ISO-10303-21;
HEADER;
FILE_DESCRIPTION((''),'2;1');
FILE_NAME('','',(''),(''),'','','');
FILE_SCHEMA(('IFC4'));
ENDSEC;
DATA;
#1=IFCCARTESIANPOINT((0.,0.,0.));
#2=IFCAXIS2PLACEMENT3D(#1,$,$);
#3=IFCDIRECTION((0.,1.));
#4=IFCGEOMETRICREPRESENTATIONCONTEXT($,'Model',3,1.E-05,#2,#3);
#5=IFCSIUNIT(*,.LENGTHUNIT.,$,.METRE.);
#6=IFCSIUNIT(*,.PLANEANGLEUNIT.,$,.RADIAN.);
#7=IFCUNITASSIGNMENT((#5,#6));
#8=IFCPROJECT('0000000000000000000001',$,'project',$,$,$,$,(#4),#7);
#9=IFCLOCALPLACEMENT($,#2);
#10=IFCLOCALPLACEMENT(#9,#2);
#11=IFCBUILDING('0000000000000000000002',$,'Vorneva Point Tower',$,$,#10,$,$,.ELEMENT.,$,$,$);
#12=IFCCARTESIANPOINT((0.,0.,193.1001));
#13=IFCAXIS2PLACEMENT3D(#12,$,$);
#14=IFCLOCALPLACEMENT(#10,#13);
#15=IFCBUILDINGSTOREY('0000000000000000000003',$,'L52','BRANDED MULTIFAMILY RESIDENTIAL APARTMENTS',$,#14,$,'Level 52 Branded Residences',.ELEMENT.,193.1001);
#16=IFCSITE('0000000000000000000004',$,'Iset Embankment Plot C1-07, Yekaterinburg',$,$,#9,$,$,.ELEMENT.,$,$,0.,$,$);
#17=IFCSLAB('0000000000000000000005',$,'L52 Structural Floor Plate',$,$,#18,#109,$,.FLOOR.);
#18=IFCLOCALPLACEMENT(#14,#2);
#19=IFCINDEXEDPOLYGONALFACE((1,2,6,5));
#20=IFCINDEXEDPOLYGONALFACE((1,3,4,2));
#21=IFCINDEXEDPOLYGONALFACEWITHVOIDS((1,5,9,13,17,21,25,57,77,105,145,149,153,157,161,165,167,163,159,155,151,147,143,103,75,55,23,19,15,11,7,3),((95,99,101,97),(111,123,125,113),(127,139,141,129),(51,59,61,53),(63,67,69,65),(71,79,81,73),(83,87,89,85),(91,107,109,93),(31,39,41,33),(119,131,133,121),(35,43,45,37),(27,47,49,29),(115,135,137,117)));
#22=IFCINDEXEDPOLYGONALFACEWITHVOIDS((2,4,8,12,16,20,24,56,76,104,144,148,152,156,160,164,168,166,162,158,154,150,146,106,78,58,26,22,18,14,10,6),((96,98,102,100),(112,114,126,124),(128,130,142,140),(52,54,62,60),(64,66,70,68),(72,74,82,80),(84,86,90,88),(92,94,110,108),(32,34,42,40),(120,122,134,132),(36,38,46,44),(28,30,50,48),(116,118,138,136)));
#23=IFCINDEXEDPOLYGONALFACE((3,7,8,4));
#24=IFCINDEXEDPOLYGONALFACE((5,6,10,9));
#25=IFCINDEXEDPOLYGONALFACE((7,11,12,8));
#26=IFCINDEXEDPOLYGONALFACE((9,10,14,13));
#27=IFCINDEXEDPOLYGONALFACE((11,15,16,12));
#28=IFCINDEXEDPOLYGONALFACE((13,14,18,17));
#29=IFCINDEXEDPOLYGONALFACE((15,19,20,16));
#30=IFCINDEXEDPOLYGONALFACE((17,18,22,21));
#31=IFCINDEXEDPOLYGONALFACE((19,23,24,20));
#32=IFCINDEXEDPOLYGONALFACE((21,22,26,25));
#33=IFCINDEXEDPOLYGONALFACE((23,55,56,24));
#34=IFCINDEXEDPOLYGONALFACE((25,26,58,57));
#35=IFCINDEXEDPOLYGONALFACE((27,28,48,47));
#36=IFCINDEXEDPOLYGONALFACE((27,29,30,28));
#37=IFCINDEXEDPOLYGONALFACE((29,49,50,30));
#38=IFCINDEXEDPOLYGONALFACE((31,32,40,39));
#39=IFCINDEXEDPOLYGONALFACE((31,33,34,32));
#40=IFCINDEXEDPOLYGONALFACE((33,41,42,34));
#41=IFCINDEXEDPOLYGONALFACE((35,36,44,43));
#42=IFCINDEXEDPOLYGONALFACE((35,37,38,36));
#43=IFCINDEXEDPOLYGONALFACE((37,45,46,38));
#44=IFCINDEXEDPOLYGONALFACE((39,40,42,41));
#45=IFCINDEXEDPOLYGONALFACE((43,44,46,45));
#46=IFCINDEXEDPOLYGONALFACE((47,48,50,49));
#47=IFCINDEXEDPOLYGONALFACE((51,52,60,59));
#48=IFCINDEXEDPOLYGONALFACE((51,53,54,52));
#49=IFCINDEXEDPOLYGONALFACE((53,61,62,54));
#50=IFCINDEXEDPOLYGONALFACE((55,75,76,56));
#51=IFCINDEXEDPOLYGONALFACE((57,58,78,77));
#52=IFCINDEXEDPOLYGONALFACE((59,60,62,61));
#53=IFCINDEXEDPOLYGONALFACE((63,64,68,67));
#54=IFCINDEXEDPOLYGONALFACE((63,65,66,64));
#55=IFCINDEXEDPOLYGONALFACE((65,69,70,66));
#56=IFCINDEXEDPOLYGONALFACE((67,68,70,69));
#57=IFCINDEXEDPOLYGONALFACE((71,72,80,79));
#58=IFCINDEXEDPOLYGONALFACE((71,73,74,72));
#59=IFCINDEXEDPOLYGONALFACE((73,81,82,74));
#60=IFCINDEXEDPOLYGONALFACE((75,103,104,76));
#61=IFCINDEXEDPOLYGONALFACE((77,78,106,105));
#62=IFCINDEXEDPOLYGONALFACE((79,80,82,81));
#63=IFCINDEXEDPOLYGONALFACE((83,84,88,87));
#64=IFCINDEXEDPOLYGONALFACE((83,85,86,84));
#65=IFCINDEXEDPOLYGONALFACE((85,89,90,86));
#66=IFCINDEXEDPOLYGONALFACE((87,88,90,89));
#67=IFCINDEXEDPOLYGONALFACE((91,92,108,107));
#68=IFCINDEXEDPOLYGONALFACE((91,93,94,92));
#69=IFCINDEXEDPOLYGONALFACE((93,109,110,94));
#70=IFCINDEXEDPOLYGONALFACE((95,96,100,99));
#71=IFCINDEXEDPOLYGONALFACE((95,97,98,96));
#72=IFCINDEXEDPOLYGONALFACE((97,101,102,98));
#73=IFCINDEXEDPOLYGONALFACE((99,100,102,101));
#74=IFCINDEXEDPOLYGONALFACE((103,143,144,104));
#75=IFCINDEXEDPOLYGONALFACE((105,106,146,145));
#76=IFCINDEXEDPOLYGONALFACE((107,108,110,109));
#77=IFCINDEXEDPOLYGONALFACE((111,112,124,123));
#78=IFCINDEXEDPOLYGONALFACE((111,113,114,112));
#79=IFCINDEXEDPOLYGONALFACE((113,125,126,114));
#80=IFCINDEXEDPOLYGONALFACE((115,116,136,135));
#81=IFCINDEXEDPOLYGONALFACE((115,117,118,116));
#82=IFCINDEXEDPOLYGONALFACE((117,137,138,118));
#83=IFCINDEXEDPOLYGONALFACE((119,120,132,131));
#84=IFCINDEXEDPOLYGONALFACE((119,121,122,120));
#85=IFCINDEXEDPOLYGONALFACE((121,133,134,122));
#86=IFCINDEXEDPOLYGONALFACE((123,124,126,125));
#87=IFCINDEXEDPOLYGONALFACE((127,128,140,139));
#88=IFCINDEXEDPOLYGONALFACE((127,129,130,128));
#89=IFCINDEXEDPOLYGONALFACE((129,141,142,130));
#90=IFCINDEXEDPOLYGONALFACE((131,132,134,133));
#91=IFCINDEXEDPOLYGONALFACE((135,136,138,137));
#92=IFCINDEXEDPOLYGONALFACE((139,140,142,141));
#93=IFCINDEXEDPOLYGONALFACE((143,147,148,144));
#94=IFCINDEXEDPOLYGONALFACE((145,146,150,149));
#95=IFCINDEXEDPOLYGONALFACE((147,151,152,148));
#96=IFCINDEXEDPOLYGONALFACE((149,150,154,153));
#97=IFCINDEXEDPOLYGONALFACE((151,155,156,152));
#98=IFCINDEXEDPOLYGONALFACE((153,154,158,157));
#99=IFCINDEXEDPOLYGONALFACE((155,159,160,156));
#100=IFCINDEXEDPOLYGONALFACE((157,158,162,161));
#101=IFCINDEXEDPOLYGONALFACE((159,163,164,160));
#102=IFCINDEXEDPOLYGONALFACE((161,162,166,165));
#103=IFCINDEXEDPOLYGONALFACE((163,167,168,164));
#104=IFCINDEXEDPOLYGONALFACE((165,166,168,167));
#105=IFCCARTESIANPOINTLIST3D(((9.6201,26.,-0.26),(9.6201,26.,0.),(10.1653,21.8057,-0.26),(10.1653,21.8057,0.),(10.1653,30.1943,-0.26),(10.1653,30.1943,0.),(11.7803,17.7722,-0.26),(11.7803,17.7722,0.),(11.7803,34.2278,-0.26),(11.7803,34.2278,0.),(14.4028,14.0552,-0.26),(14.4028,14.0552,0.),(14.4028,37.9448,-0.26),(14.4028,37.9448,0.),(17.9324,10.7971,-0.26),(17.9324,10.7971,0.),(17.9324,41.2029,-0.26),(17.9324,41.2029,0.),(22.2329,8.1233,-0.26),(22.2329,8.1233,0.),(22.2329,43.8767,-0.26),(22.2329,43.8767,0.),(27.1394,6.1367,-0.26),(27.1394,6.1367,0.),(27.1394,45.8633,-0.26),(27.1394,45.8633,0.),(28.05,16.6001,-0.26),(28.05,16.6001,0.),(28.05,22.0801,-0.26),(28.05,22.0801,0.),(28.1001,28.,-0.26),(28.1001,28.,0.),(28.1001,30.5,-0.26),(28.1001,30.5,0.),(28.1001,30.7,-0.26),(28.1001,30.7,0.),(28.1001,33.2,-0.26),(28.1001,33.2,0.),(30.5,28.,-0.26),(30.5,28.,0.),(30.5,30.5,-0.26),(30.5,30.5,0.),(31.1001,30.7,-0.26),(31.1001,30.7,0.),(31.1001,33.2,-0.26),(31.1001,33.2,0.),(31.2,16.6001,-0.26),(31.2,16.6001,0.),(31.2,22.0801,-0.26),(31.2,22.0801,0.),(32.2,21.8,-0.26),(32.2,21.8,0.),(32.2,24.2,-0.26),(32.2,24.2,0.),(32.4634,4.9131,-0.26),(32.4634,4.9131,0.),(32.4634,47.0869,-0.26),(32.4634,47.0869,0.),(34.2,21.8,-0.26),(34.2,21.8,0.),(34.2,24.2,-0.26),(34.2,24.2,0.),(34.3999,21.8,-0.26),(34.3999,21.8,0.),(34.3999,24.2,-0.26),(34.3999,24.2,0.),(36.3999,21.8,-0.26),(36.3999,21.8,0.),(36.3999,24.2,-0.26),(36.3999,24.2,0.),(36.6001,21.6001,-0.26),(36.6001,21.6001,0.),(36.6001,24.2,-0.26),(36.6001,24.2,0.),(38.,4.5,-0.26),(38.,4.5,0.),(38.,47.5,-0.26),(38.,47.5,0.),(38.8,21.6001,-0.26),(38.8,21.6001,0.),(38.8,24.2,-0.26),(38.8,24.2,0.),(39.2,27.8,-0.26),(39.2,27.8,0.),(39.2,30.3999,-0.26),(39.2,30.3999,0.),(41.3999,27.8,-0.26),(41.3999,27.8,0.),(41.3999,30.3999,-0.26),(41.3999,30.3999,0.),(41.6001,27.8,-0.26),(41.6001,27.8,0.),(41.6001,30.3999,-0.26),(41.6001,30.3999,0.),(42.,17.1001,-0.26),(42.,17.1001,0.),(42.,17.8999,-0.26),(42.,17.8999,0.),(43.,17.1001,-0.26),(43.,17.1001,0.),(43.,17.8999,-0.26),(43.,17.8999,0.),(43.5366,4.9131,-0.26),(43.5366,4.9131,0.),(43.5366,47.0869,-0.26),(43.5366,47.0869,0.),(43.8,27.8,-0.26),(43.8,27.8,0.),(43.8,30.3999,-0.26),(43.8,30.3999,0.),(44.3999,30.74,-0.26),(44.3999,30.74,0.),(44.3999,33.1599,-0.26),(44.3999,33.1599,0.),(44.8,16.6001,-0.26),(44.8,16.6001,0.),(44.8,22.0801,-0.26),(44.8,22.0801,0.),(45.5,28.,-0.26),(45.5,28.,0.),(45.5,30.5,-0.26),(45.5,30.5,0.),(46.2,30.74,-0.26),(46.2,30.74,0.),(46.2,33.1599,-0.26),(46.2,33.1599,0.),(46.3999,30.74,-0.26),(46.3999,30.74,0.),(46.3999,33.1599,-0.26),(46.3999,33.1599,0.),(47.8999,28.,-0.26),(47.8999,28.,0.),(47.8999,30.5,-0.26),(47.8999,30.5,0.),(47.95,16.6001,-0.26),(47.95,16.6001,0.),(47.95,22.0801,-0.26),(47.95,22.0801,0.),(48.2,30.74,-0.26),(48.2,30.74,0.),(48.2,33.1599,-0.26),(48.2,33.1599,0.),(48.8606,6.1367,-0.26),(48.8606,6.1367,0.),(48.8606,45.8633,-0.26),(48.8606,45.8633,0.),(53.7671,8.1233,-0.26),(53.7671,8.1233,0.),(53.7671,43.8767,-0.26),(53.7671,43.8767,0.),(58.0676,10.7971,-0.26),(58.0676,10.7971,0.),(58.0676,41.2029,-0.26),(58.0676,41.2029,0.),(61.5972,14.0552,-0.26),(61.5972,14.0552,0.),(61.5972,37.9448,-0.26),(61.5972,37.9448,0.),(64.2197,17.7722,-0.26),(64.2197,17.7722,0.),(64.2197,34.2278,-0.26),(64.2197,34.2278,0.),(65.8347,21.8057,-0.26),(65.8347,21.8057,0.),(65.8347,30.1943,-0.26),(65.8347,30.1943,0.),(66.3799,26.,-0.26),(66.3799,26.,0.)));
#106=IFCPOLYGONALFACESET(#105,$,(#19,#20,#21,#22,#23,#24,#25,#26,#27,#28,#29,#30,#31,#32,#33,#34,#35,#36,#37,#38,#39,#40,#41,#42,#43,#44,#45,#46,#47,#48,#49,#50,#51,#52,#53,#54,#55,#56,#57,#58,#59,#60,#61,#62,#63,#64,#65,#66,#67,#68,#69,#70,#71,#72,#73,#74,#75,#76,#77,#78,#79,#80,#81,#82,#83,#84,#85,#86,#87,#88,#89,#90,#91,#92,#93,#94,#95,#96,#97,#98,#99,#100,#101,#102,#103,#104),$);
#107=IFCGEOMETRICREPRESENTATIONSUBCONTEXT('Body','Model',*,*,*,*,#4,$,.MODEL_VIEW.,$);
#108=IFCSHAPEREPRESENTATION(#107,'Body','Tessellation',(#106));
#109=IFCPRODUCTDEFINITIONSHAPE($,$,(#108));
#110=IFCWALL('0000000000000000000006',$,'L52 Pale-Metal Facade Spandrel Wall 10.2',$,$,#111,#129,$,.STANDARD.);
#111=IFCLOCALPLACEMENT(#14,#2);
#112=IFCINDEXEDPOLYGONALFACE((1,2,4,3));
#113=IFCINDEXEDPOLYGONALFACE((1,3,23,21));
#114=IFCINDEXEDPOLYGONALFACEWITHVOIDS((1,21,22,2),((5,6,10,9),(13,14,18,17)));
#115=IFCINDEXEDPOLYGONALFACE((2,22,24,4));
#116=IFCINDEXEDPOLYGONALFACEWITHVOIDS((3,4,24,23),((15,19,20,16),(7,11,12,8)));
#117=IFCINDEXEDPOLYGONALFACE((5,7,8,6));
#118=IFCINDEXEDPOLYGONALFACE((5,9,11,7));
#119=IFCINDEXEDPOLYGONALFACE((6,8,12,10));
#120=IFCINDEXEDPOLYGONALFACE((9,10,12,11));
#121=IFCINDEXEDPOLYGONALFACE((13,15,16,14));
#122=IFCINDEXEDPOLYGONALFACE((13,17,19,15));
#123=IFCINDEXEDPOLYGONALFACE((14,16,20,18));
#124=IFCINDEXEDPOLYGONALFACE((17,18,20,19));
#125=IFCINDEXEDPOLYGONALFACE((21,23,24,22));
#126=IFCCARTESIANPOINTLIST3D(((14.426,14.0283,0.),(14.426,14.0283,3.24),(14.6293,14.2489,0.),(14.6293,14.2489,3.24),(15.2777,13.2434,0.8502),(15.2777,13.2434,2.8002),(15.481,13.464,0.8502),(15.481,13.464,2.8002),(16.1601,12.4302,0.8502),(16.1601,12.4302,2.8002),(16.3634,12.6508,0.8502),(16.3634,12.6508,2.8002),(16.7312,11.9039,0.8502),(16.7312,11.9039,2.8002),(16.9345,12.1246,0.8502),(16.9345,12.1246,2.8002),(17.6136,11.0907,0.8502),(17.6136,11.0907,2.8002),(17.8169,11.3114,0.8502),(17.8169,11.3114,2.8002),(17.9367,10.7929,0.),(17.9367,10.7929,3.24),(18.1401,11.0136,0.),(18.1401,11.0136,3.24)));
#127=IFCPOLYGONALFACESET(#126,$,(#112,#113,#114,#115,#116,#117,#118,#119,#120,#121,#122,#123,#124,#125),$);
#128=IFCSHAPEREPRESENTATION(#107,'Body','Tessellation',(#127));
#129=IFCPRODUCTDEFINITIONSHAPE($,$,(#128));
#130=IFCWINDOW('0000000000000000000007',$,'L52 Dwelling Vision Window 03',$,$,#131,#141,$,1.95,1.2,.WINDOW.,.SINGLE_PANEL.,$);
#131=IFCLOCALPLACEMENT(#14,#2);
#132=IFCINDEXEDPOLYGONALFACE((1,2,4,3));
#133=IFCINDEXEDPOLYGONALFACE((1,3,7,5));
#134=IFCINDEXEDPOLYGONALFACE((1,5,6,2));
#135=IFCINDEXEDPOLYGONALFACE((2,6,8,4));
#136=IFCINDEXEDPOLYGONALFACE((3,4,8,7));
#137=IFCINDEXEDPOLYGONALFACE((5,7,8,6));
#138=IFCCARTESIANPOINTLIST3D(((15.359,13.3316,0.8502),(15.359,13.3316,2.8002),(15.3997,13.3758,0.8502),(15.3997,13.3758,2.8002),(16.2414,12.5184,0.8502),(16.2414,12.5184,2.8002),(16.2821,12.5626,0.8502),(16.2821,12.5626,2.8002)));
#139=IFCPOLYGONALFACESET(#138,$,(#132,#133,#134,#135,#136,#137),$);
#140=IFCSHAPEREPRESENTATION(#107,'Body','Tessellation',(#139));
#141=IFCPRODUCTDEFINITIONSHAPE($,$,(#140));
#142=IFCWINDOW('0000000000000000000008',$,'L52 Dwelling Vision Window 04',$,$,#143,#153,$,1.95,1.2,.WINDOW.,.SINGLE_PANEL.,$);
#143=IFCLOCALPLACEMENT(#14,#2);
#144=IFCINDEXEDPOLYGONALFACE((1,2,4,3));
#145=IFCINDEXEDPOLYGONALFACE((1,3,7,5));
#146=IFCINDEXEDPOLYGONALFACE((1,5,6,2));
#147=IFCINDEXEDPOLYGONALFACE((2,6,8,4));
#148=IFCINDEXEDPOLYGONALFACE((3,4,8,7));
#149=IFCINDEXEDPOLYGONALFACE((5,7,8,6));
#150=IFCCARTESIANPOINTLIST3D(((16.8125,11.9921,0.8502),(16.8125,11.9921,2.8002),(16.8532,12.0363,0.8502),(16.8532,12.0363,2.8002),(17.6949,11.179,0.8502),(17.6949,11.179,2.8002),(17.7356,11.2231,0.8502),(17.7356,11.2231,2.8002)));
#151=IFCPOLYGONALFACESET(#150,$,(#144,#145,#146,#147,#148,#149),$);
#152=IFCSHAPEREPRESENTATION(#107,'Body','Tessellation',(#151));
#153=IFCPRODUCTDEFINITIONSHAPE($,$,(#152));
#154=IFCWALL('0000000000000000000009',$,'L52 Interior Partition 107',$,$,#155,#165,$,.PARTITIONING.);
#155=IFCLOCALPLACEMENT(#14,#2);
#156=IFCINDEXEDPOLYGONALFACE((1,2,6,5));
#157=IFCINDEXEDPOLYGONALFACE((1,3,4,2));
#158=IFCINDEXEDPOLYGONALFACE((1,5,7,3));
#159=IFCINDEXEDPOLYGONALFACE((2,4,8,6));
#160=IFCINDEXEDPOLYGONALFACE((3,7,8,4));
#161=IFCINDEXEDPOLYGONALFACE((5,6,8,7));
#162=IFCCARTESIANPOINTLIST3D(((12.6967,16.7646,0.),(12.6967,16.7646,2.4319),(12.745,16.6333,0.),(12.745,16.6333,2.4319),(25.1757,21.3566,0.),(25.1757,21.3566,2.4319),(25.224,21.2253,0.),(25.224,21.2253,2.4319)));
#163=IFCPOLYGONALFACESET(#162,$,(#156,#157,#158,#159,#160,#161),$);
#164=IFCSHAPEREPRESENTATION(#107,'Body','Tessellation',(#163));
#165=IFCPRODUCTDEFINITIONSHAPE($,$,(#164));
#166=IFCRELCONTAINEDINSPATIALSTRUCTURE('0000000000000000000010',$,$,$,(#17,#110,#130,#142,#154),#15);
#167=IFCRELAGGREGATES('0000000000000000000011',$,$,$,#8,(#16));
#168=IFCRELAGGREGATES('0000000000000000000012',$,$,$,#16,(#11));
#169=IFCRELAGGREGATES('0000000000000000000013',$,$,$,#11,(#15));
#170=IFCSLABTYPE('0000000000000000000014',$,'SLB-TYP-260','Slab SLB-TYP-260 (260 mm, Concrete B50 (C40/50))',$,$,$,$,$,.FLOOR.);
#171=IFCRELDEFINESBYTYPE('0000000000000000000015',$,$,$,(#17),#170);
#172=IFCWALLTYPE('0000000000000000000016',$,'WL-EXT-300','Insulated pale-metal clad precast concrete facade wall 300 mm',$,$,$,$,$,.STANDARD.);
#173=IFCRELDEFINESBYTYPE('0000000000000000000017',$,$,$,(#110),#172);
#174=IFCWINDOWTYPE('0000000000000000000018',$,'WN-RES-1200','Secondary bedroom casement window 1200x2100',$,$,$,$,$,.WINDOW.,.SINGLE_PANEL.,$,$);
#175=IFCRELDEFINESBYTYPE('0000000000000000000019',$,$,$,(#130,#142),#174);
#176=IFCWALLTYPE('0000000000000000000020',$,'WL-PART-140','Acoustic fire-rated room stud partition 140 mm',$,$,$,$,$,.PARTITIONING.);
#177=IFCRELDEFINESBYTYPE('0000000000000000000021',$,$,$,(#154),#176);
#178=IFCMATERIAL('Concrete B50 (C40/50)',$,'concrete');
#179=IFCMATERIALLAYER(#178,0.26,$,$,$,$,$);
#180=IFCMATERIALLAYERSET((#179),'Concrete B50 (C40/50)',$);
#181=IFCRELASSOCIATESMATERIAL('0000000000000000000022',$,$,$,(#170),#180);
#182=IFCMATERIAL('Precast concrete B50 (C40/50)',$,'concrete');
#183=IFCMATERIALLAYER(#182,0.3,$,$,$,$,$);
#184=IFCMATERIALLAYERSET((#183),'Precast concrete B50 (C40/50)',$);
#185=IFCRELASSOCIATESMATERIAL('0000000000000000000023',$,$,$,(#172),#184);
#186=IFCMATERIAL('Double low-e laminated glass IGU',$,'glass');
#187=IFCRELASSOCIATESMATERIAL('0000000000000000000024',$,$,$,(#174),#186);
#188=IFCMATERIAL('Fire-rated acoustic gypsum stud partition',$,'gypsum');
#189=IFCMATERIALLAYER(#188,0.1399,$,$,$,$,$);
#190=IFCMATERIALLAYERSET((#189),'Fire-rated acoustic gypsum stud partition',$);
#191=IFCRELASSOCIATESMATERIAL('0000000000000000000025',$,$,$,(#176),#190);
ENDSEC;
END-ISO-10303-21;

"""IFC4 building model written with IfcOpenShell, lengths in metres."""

from ifc_helpers import new_model, si_unit, direction, frame, frame_2d, origin, place, context, subcontext, project, spatial, polyline, rectangle, outline, extrude, material, layer, layer_set, type_object, element, fill, save


model = new_model("IFC4")

# Units and contexts
model_context = context("Model", 3, precision=1e-05, world=origin(), true_north=direction((0.0, 1.0)))
body_context = subcontext(model_context, "Body", "Model", "MODEL_VIEW")
ifc_project = project(units=[si_unit("LENGTHUNIT", "METRE"), si_unit("PLANEANGLEUNIT", "RADIAN")], contexts=[model_context])

# Site, building, storey
site_placement = place(None, origin())
site = spatial("IfcSite", under=ifc_project, at=site_placement, Name="Iset Embankment Plot C1-07, Yekaterinburg", CompositionType="ELEMENT", RefElevation=0.0)
building_placement = place(site_placement, origin())
building = spatial("IfcBuilding", under=site, at=building_placement, Name="Vorneva Point Tower", CompositionType="ELEMENT")
storey_placement = place(building_placement, frame((0.0, 0.0, 193.1001)))
storey = spatial("IfcBuildingStorey", under=building, at=storey_placement, Name="L52", Description="BRANDED MULTIFAMILY RESIDENTIAL APARTMENTS", LongName="Level 52 Branded Residences", CompositionType="ELEMENT", Elevation=193.1001)

# Shared definitions
ifc_material_1 = material(Name="Concrete B50 (C40/50)", Category="concrete")

# Shared definitions
ifc_material_2 = material(Name="Double low-e laminated glass IGU", Category="glass")

# Slab
ifc_layer_1 = layer(ifc_material_1, 0.26)
ifc_layer_set_1 = layer_set([ifc_layer_1], Name="Concrete B50 (C40/50)")
slab_type_1 = type_object("IfcSlabType", Name="SLB-TYP-260", Description="Slab SLB-TYP-260 (260 mm, Concrete B50 (C40/50))", PredefinedType="FLOOR", material=ifc_layer_set_1)
slab_1_placement = place(storey_placement, frame((0.0, 0.0, -0.26)))
element("IfcSlab", 1, at=slab_1_placement, inside=storey, type_object=slab_type_1, Name="L52 Structural Floor Plate", PredefinedType="FLOOR", context=body_context, shape_type="SweptSolid", body=[
    extrude(outline(polyline([(66.3799, 26.0), (65.8347, 30.1943), (64.2197, 34.2278), (61.5972, 37.9448), (58.0676, 41.2029), (53.7671, 43.8767), (48.8606, 45.8633), (43.5366, 47.0869), (38.0, 47.5), (32.4634, 47.0869), (27.1394, 45.8633), (22.2329, 43.8767), (17.9324, 41.2029), (14.4028, 37.9448), (11.7803, 34.2278), (10.1653, 30.1943), (9.6201, 26.0), (10.1653, 21.8057), (11.7803, 17.7722), (14.4028, 14.0552), (17.9324, 10.7971), (22.2329, 8.1233), (27.1394, 6.1367), (32.4634, 4.9131), (38.0, 4.5), (43.5366, 4.9131), (48.8606, 6.1367), (53.7671, 8.1233), (58.0676, 10.7971), (61.5972, 14.0552), (64.2197, 17.7722), (65.8347, 21.8057), (66.3799, 26.0)]), holes=[polyline([(32.2, 21.8), (34.2, 21.8), (34.2, 24.2), (32.2, 24.2), (32.2, 21.8)]), polyline([(34.3999, 21.8), (36.3999, 21.8), (36.3999, 24.2), (34.3999, 24.2), (34.3999, 21.8)]), polyline([(36.6001, 21.6001), (38.8, 21.6001), (38.8, 24.2), (36.6001, 24.2), (36.6001, 21.6001)]), polyline([(39.2, 27.8), (41.3999, 27.8), (41.3999, 30.3999), (39.2, 30.3999), (39.2, 27.8)]), polyline([(41.6001, 27.8), (43.8, 27.8), (43.8, 30.3999), (41.6001, 30.3999), (41.6001, 27.8)]), polyline([(44.3999, 30.74), (46.2, 30.74), (46.2, 33.1599), (44.3999, 33.1599), (44.3999, 30.74)]), polyline([(46.3999, 30.74), (48.2, 30.74), (48.2, 33.1599), (46.3999, 33.1599), (46.3999, 30.74)]), polyline([(28.1001, 28.0), (30.5, 28.0), (30.5, 30.5), (28.1001, 30.5), (28.1001, 28.0)]), polyline([(45.5, 28.0), (47.8999, 28.0), (47.8999, 30.5), (45.5, 30.5), (45.5, 28.0)]), polyline([(28.1001, 30.7), (31.1001, 30.7), (31.1001, 33.2), (28.1001, 33.2), (28.1001, 30.7)]), polyline([(28.05, 16.6001), (31.2, 16.6001), (31.2, 22.0801), (28.05, 22.0801), (28.05, 16.6001)]), polyline([(44.8, 16.6001), (47.95, 16.6001), (47.95, 22.0801), (44.8, 22.0801), (44.8, 16.6001)]), polyline([(42.0, 17.1001), (43.0, 17.1001), (43.0, 17.8999), (42.0, 17.8999), (42.0, 17.1001)])]), origin(), (0.0, 0.0, 1.0), 0.26),
])

# Wall, openings, windows
ifc_material_3 = material(Name="Precast concrete B50 (C40/50)", Category="concrete")
ifc_layer_2 = layer(ifc_material_3, 0.3)
ifc_layer_set_2 = layer_set([ifc_layer_2], Name="Precast concrete B50 (C40/50)")
wall_type_1 = type_object("IfcWallType", Name="WL-EXT-300", Description="Insulated pale-metal clad precast concrete facade wall 300 mm", PredefinedType="STANDARD", material=ifc_layer_set_2)
wall_1_placement = place(storey_placement, frame((14.5276, 14.1387, 0.0), z_axis=(0.0, 0.0, 1.0), x_axis=(0.73536, -0.677677, 0.0)))
wall_1 = element("IfcWall", 2, at=wall_1_placement, inside=storey, type_object=wall_type_1, Name="L52 Pale-Metal Facade Spandrel Wall 10.2", PredefinedType="STANDARD", context=body_context, shape_type="SweptSolid", body=[
    extrude(rectangle(XDim=4.7742, YDim=0.3, at=frame_2d((2.3872, 0.0))), origin(), (0.0, 0.0, 1.0), 3.24),
])
opening_1_placement = place(wall_1_placement, frame((1.1582, 0.0, 0.8501)))
opening_1 = element("IfcOpeningElement", 3, at=opening_1_placement, cuts=wall_1, PredefinedType="OPENING", context=body_context, shape_type="SweptSolid", body=[
    extrude(rectangle(XDim=1.2, YDim=1.95, at=frame_2d((0.6001, 0.9751))), frame((0.0, 0.165, 0.0), z_axis=(0.0, -1.0, 0.0), x_axis=(1.0, 0.0, 0.0)), (0.0, 0.0, 1.0), 0.3298),
])
opening_2_placement = place(wall_1_placement, frame((3.1348, 0.0, 0.8501)))
opening_2 = element("IfcOpeningElement", 4, at=opening_2_placement, cuts=wall_1, PredefinedType="OPENING", context=body_context, shape_type="SweptSolid", body=[
    extrude(rectangle(XDim=1.2, YDim=1.95, at=frame_2d((0.6001, 0.9751))), frame((0.0, 0.165, 0.0), z_axis=(0.0, -1.0, 0.0), x_axis=(1.0, 0.0, 0.0)), (0.0, 0.0, 1.0), 0.3298),
])
window_type = type_object("IfcWindowType", Name="WN-RES-1200", Description="Secondary bedroom casement window 1200x2100", PartitioningType="SINGLE_PANEL", PredefinedType="WINDOW", material=ifc_material_2)
window_1_placement = place(opening_1_placement, origin())
window_1 = element("IfcWindow", 5, at=window_1_placement, inside=storey, type_object=window_type, Name="L52 Dwelling Vision Window 03", OverallHeight=1.95, OverallWidth=1.2, PartitioningType="SINGLE_PANEL", PredefinedType="WINDOW", context=body_context, shape_type="SweptSolid", body=[
    extrude(rectangle(XDim=1.2, YDim=1.95, at=frame_2d((0.6001, 0.9751))), frame((0.0, 0.03, 0.0), z_axis=(0.0, -1.0, 0.0), x_axis=(1.0, 0.0, 0.0)), (0.0, 0.0, 1.0), 0.0601),
])
fill(opening_1, window_1)
window_2_placement = place(opening_2_placement, origin())
window_2 = element("IfcWindow", 6, at=window_2_placement, inside=storey, type_object=window_type, Name="L52 Dwelling Vision Window 04", OverallHeight=1.95, OverallWidth=1.2, PartitioningType="SINGLE_PANEL", PredefinedType="WINDOW", context=body_context, shape_type="SweptSolid", body=[
    extrude(rectangle(XDim=1.2, YDim=1.95, at=frame_2d((0.6001, 0.9751))), frame((0.0, 0.03, 0.0), z_axis=(0.0, -1.0, 0.0), x_axis=(1.0, 0.0, 0.0)), (0.0, 0.0, 1.0), 0.0601),
])
fill(opening_2, window_2)

# Wall
ifc_material_4 = material(Name="Fire-rated acoustic gypsum stud partition", Category="gypsum")
ifc_layer_3 = layer(ifc_material_4, 0.1399)
ifc_layer_set_3 = layer_set([ifc_layer_3], Name="Fire-rated acoustic gypsum stud partition")
wall_type_2 = type_object("IfcWallType", Name="WL-PART-140", Description="Acoustic fire-rated room stud partition 140 mm", PredefinedType="PARTITIONING", material=ifc_layer_set_3)
wall_2_placement = place(storey_placement, frame((12.7209, 16.699, 0.0), z_axis=(0.0, 0.0, 1.0), x_axis=(0.938477, 0.345342, 0.0)))
element("IfcWall", 7, at=wall_2_placement, inside=storey, type_object=wall_type_2, Name="L52 Interior Partition 107", PredefinedType="PARTITIONING", context=body_context, shape_type="SweptSolid", body=[
    extrude(rectangle(XDim=13.2971, YDim=0.1399, at=frame_2d((6.6484, 0.0))), origin(), (0.0, 0.0, 1.0), 2.4319),
])

save(model, "model.ifc")
